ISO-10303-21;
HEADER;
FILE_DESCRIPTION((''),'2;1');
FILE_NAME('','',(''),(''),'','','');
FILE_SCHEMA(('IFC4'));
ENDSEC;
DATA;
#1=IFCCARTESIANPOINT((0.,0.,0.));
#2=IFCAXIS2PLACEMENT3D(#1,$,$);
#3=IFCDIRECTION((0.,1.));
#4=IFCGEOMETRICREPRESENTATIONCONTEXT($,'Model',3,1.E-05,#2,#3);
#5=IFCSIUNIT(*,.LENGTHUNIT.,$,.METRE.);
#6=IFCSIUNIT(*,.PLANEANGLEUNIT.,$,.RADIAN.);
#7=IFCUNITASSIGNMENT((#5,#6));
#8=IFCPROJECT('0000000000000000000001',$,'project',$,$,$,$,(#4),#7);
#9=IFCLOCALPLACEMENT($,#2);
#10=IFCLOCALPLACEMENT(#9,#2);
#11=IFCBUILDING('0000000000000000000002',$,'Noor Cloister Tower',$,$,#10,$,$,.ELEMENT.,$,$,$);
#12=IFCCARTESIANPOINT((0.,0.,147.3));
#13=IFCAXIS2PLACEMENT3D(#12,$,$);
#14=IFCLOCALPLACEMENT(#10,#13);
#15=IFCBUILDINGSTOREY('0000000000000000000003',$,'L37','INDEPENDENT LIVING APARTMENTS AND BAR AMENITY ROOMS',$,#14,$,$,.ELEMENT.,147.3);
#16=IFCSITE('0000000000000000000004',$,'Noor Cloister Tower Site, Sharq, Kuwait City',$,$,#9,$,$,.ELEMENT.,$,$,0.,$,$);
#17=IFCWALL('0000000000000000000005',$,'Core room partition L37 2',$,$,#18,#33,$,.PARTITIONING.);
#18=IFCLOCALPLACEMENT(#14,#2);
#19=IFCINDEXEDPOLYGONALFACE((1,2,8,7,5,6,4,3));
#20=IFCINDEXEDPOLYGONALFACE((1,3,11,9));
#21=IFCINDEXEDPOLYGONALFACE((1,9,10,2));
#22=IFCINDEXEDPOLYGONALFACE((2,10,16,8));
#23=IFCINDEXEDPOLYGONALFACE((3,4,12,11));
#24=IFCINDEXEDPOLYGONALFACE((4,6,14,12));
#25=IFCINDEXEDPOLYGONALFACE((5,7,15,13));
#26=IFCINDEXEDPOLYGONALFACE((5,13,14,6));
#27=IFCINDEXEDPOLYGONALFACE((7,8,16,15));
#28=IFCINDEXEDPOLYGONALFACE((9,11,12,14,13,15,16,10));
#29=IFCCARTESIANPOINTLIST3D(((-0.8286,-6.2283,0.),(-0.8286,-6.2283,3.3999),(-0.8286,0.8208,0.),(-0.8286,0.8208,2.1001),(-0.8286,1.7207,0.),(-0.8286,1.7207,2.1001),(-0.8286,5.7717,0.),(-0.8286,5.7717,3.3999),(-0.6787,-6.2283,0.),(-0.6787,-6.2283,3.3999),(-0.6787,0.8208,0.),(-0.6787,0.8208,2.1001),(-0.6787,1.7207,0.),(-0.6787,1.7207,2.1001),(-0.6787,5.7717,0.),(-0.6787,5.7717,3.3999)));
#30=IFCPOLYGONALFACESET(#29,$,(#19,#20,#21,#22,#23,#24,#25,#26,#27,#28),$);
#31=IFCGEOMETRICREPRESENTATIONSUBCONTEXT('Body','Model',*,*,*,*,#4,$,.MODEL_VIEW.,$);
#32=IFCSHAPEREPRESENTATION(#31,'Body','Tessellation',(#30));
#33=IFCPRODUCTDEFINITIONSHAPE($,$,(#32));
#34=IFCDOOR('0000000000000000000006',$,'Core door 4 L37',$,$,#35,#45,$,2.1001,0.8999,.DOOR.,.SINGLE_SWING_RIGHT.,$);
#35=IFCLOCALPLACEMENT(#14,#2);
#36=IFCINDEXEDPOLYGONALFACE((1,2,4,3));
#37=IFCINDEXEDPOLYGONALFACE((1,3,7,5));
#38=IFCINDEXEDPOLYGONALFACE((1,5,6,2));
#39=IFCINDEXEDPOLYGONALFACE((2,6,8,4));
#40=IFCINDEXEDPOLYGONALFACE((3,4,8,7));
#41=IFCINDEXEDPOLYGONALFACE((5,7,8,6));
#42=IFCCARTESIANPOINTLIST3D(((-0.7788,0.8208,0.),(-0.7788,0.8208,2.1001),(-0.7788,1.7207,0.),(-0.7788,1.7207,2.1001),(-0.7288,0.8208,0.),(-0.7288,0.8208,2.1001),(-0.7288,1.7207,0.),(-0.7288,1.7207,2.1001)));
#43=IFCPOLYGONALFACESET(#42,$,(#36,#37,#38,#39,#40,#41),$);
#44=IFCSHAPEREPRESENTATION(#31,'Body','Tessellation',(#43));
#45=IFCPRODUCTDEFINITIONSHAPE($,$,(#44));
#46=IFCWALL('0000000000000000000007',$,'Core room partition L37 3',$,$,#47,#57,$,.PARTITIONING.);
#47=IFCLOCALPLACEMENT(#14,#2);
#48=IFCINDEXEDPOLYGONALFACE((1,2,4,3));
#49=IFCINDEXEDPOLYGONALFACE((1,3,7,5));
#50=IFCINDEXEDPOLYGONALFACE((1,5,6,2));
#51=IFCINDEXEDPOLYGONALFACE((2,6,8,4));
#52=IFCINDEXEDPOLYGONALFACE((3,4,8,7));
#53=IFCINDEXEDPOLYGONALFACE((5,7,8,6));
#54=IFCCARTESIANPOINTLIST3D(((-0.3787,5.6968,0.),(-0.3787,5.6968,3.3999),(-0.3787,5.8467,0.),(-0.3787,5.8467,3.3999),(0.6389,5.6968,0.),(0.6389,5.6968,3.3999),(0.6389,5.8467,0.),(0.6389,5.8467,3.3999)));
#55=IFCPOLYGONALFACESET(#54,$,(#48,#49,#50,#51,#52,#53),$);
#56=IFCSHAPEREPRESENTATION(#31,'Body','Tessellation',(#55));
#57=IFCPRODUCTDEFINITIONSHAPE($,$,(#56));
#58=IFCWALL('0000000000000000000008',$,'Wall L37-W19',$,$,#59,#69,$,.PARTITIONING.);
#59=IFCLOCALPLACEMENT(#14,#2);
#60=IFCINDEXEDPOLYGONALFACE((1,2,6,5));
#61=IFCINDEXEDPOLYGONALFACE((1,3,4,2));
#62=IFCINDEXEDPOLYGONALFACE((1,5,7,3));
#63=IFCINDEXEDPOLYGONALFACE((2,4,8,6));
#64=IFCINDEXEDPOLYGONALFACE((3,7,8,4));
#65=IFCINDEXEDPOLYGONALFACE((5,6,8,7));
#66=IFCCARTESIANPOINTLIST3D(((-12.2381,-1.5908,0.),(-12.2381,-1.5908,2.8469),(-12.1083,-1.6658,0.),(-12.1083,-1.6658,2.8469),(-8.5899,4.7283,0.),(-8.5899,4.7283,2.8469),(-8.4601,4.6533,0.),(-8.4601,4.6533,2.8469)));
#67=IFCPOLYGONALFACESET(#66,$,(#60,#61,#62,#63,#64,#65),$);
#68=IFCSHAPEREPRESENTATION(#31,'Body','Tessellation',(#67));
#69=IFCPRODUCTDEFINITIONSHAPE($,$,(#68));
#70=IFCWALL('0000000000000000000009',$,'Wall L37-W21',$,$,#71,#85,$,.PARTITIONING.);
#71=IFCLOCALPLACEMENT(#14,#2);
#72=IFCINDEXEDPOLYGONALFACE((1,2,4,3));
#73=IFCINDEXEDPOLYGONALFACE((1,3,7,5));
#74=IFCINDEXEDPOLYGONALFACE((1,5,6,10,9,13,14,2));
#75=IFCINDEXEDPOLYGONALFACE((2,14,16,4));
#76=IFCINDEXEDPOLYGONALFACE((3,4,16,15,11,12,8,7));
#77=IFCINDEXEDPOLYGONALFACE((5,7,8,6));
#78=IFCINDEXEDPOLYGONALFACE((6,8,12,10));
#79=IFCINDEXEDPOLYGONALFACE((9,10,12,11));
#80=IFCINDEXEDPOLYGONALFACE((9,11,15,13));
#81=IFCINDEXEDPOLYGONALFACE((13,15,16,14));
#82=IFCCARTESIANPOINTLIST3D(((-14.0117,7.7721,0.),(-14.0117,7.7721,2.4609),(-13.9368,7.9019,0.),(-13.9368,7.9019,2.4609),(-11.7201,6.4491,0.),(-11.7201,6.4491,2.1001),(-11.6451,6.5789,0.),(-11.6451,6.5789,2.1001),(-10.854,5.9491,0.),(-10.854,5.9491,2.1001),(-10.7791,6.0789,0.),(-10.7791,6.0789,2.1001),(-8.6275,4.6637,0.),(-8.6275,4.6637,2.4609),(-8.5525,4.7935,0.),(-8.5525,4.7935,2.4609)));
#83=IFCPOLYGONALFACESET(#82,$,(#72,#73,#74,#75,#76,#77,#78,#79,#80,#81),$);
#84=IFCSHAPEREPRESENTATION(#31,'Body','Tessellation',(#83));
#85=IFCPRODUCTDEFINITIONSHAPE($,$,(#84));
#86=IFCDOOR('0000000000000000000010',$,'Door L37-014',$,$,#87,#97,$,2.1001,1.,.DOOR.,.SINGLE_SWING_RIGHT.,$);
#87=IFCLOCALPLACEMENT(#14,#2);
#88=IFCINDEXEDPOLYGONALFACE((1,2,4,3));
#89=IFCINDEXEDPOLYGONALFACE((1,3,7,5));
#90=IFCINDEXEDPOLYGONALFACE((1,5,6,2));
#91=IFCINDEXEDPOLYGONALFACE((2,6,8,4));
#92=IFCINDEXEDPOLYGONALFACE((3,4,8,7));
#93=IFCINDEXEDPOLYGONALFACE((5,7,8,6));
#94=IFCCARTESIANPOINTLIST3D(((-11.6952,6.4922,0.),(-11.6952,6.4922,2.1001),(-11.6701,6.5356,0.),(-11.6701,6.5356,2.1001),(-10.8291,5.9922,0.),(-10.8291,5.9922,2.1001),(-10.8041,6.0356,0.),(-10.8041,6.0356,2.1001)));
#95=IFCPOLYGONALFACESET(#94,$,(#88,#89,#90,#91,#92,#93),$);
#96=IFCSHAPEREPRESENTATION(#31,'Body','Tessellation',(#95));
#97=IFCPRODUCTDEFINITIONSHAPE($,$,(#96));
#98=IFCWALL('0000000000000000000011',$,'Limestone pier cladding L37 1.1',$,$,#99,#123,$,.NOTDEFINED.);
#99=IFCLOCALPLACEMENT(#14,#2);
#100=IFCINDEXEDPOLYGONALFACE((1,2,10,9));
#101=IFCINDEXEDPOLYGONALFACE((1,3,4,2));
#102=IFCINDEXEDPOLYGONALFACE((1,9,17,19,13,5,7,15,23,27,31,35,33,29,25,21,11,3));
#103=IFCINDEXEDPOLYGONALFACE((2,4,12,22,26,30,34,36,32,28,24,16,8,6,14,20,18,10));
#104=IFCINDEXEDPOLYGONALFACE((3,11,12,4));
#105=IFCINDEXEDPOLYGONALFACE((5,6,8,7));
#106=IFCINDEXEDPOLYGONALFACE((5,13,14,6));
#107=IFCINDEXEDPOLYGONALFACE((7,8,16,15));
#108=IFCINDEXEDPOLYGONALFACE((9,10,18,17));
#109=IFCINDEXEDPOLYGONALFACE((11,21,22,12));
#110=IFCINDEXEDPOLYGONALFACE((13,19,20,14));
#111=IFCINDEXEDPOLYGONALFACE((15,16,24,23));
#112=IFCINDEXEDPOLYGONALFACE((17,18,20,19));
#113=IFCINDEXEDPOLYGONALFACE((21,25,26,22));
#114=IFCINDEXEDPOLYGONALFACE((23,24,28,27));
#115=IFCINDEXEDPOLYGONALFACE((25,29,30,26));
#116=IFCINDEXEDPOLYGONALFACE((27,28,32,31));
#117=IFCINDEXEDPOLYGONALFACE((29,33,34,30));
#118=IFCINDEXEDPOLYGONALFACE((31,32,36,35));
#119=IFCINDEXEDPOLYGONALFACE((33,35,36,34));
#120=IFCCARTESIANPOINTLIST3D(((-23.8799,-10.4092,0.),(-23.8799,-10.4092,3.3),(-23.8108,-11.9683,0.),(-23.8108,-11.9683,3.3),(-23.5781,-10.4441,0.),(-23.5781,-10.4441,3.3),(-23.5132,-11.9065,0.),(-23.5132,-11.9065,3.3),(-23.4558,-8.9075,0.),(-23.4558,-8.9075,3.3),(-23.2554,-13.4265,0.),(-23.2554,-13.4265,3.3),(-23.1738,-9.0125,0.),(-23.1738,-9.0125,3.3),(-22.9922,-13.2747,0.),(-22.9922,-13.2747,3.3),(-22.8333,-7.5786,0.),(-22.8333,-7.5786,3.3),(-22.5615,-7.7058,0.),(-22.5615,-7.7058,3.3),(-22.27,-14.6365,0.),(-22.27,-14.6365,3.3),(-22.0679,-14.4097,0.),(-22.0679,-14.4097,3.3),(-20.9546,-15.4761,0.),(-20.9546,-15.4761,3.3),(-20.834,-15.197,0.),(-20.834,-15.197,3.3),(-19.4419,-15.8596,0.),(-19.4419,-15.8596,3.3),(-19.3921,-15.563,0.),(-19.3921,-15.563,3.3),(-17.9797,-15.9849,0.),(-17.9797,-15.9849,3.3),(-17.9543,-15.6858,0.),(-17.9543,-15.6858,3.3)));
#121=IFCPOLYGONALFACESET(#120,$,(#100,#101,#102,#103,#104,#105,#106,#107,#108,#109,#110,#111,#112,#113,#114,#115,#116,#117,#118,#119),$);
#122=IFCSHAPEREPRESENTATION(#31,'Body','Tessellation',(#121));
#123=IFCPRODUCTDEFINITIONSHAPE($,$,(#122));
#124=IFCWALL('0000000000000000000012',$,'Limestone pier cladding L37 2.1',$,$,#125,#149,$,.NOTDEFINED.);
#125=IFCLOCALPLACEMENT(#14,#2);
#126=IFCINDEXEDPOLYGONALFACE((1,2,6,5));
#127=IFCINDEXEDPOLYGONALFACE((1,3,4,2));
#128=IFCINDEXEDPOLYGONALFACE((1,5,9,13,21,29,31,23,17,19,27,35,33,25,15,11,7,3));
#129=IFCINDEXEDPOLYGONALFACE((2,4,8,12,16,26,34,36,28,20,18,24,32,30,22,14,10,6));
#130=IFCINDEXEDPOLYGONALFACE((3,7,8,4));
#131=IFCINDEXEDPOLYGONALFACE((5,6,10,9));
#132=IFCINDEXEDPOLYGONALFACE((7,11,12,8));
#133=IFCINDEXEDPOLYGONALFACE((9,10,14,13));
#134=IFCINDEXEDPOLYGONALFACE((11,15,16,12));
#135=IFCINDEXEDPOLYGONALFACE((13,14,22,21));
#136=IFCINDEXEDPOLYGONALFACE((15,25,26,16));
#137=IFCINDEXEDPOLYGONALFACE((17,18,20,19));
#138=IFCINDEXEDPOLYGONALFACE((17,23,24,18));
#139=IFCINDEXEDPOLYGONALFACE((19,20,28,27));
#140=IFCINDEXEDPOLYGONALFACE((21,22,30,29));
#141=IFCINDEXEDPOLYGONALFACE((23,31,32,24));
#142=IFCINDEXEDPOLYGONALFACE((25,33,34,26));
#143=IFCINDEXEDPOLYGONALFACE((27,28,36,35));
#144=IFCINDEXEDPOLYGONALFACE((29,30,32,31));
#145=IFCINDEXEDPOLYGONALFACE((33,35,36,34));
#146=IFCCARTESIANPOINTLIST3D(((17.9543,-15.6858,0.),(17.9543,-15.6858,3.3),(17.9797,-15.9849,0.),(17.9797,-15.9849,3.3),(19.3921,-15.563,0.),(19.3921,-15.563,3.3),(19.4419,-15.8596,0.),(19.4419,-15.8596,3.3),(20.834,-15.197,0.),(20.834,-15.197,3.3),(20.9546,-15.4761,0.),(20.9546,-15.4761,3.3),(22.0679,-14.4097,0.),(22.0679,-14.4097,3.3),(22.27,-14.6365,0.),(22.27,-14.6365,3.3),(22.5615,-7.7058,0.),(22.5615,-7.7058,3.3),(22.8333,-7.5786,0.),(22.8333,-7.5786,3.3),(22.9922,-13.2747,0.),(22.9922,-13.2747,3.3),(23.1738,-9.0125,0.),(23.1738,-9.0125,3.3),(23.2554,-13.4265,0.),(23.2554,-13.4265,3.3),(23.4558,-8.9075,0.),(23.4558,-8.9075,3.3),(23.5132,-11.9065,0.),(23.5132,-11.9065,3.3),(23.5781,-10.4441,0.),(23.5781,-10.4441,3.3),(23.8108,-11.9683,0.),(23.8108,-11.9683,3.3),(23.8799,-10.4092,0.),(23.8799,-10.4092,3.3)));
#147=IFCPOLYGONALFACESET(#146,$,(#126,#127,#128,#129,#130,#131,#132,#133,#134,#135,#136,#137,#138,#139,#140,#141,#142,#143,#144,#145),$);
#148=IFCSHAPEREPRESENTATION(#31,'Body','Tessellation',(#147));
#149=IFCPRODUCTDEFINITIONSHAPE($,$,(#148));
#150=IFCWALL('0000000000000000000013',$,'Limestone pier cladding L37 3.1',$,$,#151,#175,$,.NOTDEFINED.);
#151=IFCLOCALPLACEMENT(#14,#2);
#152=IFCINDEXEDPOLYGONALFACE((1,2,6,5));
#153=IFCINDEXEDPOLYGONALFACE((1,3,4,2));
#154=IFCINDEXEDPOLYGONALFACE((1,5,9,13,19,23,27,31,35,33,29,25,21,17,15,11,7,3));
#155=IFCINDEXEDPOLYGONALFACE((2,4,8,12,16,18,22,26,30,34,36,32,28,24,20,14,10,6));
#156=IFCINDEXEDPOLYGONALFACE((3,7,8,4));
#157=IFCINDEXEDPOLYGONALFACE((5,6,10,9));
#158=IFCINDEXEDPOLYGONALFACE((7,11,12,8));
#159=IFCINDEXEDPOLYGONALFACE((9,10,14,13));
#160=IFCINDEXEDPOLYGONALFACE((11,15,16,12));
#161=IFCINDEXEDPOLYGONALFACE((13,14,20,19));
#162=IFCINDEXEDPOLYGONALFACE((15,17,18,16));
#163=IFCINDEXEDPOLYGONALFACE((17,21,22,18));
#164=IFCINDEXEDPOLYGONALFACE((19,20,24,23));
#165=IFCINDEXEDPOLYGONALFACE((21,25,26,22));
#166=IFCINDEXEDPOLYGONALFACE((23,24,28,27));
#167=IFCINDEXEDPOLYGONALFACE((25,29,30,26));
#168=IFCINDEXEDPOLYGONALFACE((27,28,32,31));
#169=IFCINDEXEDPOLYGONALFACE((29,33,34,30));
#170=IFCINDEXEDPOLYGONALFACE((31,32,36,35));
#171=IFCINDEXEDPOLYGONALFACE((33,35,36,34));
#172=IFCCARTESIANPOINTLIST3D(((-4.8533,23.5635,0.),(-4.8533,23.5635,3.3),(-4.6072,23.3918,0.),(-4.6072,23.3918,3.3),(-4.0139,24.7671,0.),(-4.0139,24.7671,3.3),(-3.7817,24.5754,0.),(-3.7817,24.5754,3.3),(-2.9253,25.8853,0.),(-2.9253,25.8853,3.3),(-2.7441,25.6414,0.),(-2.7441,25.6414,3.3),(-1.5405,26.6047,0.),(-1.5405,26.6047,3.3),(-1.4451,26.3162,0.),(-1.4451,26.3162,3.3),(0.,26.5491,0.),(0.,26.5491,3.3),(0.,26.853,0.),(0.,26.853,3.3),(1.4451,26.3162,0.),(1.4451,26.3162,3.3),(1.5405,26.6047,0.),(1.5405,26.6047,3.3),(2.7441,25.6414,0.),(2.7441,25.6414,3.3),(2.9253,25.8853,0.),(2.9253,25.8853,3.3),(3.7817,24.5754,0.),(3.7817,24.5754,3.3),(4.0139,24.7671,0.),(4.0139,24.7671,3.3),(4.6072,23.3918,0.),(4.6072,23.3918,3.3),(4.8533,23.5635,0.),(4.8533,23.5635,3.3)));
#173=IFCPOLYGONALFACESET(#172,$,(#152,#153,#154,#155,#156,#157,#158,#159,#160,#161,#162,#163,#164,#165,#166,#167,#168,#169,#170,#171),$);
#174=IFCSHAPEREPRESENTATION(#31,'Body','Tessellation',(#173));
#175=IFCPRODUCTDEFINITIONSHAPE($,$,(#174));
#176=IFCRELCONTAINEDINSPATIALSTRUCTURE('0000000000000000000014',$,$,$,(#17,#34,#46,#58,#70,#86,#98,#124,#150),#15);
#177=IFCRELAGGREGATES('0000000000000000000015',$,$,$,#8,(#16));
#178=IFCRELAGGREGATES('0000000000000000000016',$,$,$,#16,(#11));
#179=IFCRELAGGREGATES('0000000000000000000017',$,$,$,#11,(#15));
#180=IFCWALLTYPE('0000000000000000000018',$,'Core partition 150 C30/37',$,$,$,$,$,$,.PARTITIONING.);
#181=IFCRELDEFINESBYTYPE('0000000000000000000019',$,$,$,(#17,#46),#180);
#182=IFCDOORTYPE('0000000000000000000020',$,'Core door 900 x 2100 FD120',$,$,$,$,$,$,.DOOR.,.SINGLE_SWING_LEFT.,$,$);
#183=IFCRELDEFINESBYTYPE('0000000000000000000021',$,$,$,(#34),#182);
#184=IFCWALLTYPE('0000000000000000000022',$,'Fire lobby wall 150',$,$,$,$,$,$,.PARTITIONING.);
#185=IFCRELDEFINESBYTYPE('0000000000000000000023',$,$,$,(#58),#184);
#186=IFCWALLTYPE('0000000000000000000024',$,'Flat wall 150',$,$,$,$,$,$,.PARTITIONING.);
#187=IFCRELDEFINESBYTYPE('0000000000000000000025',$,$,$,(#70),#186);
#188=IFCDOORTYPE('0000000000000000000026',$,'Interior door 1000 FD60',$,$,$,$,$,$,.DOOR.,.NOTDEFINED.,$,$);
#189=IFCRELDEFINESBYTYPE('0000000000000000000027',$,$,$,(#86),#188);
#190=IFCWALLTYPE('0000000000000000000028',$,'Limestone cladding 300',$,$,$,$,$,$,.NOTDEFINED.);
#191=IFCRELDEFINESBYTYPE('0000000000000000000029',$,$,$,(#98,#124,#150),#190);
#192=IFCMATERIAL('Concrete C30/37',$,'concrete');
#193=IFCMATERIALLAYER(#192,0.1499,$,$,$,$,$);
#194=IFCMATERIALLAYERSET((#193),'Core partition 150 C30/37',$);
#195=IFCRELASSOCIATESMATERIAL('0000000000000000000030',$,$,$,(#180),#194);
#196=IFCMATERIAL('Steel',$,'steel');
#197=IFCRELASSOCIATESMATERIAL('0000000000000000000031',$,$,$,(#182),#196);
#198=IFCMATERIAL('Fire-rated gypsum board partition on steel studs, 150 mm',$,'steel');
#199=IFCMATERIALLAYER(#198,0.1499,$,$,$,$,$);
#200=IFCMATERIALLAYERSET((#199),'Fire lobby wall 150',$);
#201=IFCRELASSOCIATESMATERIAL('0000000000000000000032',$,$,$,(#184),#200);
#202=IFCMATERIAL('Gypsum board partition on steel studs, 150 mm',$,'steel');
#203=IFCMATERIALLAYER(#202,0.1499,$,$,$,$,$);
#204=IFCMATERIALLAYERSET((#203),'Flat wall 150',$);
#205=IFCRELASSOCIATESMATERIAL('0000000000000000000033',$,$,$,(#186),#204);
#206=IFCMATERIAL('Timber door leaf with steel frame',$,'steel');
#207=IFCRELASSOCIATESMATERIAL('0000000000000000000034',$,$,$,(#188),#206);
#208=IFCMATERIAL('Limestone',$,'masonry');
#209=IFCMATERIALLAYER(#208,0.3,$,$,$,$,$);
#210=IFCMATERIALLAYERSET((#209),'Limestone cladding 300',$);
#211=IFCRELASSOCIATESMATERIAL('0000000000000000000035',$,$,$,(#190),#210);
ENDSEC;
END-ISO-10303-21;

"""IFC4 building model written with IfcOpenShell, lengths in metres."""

from ifc_helpers import new_model, si_unit, direction, frame, frame_2d, origin, place, context, subcontext, project, spatial, polyline, rectangle, outline, extrude, material, layer, layer_set, type_object, element, fill, save


model = new_model("IFC4")

# Units and contexts
model_context = context("Model", 3, precision=1e-05, world=origin(), true_north=direction((0.0, 1.0)))
body_context = subcontext(model_context, "Body", "Model", "MODEL_VIEW")
ifc_project = project(units=[si_unit("LENGTHUNIT", "METRE"), si_unit("PLANEANGLEUNIT", "RADIAN")], contexts=[model_context])

# Site, building, storey
site_placement = place(None, origin())
site = spatial("IfcSite", under=ifc_project, at=site_placement, Name="Noor Cloister Tower Site, Sharq, Kuwait City", CompositionType="ELEMENT", RefElevation=0.0)
building_placement = place(site_placement, origin())
building = spatial("IfcBuilding", under=site, at=building_placement, Name="Noor Cloister Tower", CompositionType="ELEMENT")
storey_placement = place(building_placement, frame((0.0, 0.0, 147.3)))
storey = spatial("IfcBuildingStorey", under=building, at=storey_placement, Name="L37", Description="INDEPENDENT LIVING APARTMENTS AND BAR AMENITY ROOMS", CompositionType="ELEMENT", Elevation=147.3)

# Wall, opening, door
ifc_material_1 = material(Name="Concrete C30/37", Category="concrete")
ifc_layer_1 = layer(ifc_material_1, 0.1499)
ifc_layer_set_1 = layer_set([ifc_layer_1], Name="Core partition 150 C30/37")
wall_type_1 = type_object("IfcWallType", Name="Core partition 150 C30/37", PredefinedType="PARTITIONING", material=ifc_layer_set_1)
wall_1_placement = place(storey_placement, frame((-0.7537, 5.7717, 0.0), z_axis=(0.0, 0.0, 1.0), x_axis=(0.0, -1.0, 0.0)))
wall_1 = element("IfcWall", 1, at=wall_1_placement, inside=storey, type_object=wall_type_1, Name="Core room partition L37 2", PredefinedType="PARTITIONING", context=body_context, shape_type="SweptSolid", body=[
    extrude(rectangle(XDim=12.0, YDim=0.1499, at=frame_2d((6.0, 0.0))), origin(), (0.0, 0.0, 1.0), 3.3999),
])
opening_1_placement = place(wall_1_placement, frame((4.051, 0.0, 0.0)))
opening_1 = element("IfcOpeningElement", 2, at=opening_1_placement, cuts=wall_1, PredefinedType="OPENING", context=body_context, shape_type="SweptSolid", body=[
    extrude(rectangle(XDim=0.8999, YDim=2.1001, at=frame_2d((0.45, 1.05))), frame((0.0, 0.085, 0.0), z_axis=(0.0, -1.0, 0.0), x_axis=(1.0, 0.0, 0.0)), (0.0, 0.0, 1.0), 0.1699),
])
ifc_material_2 = material(Name="Steel", Category="steel")
door_type_1 = type_object("IfcDoorType", Name="Core door 900 x 2100 FD120", OperationType="SINGLE_SWING_LEFT", PredefinedType="DOOR", material=ifc_material_2)
door_1_placement = place(opening_1_placement, origin())
door_1 = element("IfcDoor", 3, at=door_1_placement, inside=storey, type_object=door_type_1, Name="Core door 4 L37", OperationType="SINGLE_SWING_RIGHT", OverallHeight=2.1001, OverallWidth=0.8999, PredefinedType="DOOR", context=body_context, shape_type="SweptSolid", body=[
    extrude(rectangle(XDim=0.8999, YDim=2.1001, at=frame_2d((0.45, 1.05))), frame((0.0, 0.0249, 0.0), z_axis=(0.0, -1.0, 0.0), x_axis=(1.0, 0.0, 0.0)), (0.0, 0.0, 1.0), 0.05),
])
fill(opening_1, door_1)

# Walls
wall_2_placement = place(storey_placement, frame((-0.3787, 5.7717, 0.0), z_axis=(0.0, 0.0, 1.0), x_axis=(1.0, 0.0, 0.0)))
element("IfcWall", 4, at=wall_2_placement, inside=storey, type_object=wall_type_1, Name="Core room partition L37 3", PredefinedType="PARTITIONING", context=body_context, shape_type="SweptSolid", body=[
    extrude(rectangle(XDim=1.0176, YDim=0.1499, at=frame_2d((0.5088, 0.0))), origin(), (0.0, 0.0, 1.0), 3.3999),
])
ifc_material_3 = material(Name="Fire-rated gypsum board partition on steel studs, 150 mm", Category="steel")
ifc_layer_2 = layer(ifc_material_3, 0.1499)
ifc_layer_set_2 = layer_set([ifc_layer_2], Name="Fire lobby wall 150")
wall_type_2 = type_object("IfcWallType", Name="Fire lobby wall 150", PredefinedType="PARTITIONING", material=ifc_layer_set_2)
wall_3_placement = place(storey_placement, frame((-8.5249, 4.6909, 0.0), z_axis=(0.0, 0.0, 1.0), x_axis=(-0.499986, -0.866033, 0.0)))
element("IfcWall", 5, at=wall_3_placement, inside=storey, type_object=wall_type_2, Name="Wall L37-W19", PredefinedType="PARTITIONING", context=body_context, shape_type="SweptSolid", body=[
    extrude(rectangle(XDim=7.2966, YDim=0.1499, at=frame_2d((3.6484, 0.0))), origin(), (0.0, 0.0, 1.0), 2.8469),
])

# Wall, opening, door
ifc_material_4 = material(Name="Gypsum board partition on steel studs, 150 mm", Category="steel")
ifc_layer_3 = layer(ifc_material_4, 0.1499)
ifc_layer_set_3 = layer_set([ifc_layer_3], Name="Flat wall 150")
wall_type_3 = type_object("IfcWallType", Name="Flat wall 150", PredefinedType="PARTITIONING", material=ifc_layer_set_3)
wall_4_placement = place(storey_placement, frame((-13.9741, 7.8369, 0.0), z_axis=(0.0, 0.0, 1.0), x_axis=(0.86604, -0.499974, 0.0)))
wall_4 = element("IfcWall", 6, at=wall_4_placement, inside=storey, type_object=wall_type_3, Name="Wall L37-W21", PredefinedType="PARTITIONING", context=body_context, shape_type="SweptSolid", body=[
    extrude(rectangle(XDim=6.217, YDim=0.1499, at=frame_2d((3.1084, 0.0))), origin(), (0.0, 0.0, 1.0), 2.4609),
])
opening_2_placement = place(wall_4_placement, frame((2.646, 0.0, 0.0)))
opening_2 = element("IfcOpeningElement", 7, at=opening_2_placement, cuts=wall_4, PredefinedType="OPENING", context=body_context, shape_type="SweptSolid", body=[
    extrude(rectangle(XDim=1.0, YDim=2.1001, at=frame_2d((0.5, 1.05))), frame((0.0, 0.085, 0.0), z_axis=(0.0, -1.0, 0.0), x_axis=(1.0, 0.0, 0.0)), (0.0, 0.0, 1.0), 0.1699),
])
ifc_material_5 = material(Name="Timber door leaf with steel frame", Category="steel")
door_type_2 = type_object("IfcDoorType", Name="Interior door 1000 FD60", OperationType="NOTDEFINED", PredefinedType="DOOR", material=ifc_material_5)
door_2_placement = place(opening_2_placement, origin())
door_2 = element("IfcDoor", 8, at=door_2_placement, inside=storey, type_object=door_type_2, Name="Door L37-014", OperationType="SINGLE_SWING_RIGHT", OverallHeight=2.1001, OverallWidth=1.0, PredefinedType="DOOR", context=body_context, shape_type="SweptSolid", body=[
    extrude(rectangle(XDim=1.0, YDim=2.1001, at=frame_2d((0.5, 1.05))), frame((0.0, 0.0249, 0.0), z_axis=(0.0, -1.0, 0.0), x_axis=(1.0, 0.0, 0.0)), (0.0, 0.0, 1.0), 0.05),
])
fill(opening_2, door_2)

# Walls
ifc_material_6 = material(Name="Limestone", Category="masonry")
ifc_layer_4 = layer(ifc_material_6, 0.3)
ifc_layer_set_4 = layer_set([ifc_layer_4], Name="Limestone cladding 300")
wall_type_4 = type_object("IfcWallType", Name="Limestone cladding 300", PredefinedType="NOTDEFINED", material=ifc_layer_set_4)
wall_5_placement = place(storey_placement, origin())
element("IfcWall", 9, at=wall_5_placement, inside=storey, type_object=wall_type_4, Name="Limestone pier cladding L37 1.1", PredefinedType="NOTDEFINED", context=body_context, shape_type="SweptSolid", body=[
    extrude(outline(polyline([(-22.8333, -7.5786), (-23.4558, -8.9075), (-23.8799, -10.4092), (-23.8108, -11.9683), (-23.2554, -13.4265), (-22.27, -14.6365), (-20.9546, -15.4761), (-19.4419, -15.8596), (-17.9797, -15.9849), (-17.9543, -15.6858), (-19.3921, -15.563), (-20.834, -15.197), (-22.0679, -14.4097), (-22.9922, -13.2747), (-23.5132, -11.9065), (-23.5781, -10.4441), (-23.1738, -9.0125), (-22.5615, -7.7058), (-22.8333, -7.5786)])), origin(), (0.0, 0.0, 1.0), 3.3),
])
wall_6_placement = place(storey_placement, origin())
element("IfcWall", 10, at=wall_6_placement, inside=storey, type_object=wall_type_4, Name="Limestone pier cladding L37 2.1", PredefinedType="NOTDEFINED", context=body_context, shape_type="SweptSolid", body=[
    extrude(outline(polyline([(17.9797, -15.9849), (19.4419, -15.8596), (20.9546, -15.4761), (22.27, -14.6365), (23.2554, -13.4265), (23.8108, -11.9683), (23.8799, -10.4092), (23.4558, -8.9075), (22.8333, -7.5786), (22.5615, -7.7058), (23.1738, -9.0125), (23.5781, -10.4441), (23.5132, -11.9065), (22.9922, -13.2747), (22.0679, -14.4097), (20.834, -15.197), (19.3921, -15.563), (17.9543, -15.6858), (17.9797, -15.9849)])), origin(), (0.0, 0.0, 1.0), 3.3),
])
wall_7_placement = place(storey_placement, origin())
element("IfcWall", 11, at=wall_7_placement, inside=storey, type_object=wall_type_4, Name="Limestone pier cladding L37 3.1", PredefinedType="NOTDEFINED", context=body_context, shape_type="SweptSolid", body=[
    extrude(outline(polyline([(4.8533, 23.5635), (4.0139, 24.7671), (2.9253, 25.8853), (1.5405, 26.6047), (0.0, 26.853), (-1.5405, 26.6047), (-2.9253, 25.8853), (-4.0139, 24.7671), (-4.8533, 23.5635), (-4.6072, 23.3918), (-3.7817, 24.5754), (-2.7441, 25.6414), (-1.4451, 26.3162), (0.0, 26.5491), (1.4451, 26.3162), (2.7441, 25.6414), (3.7817, 24.5754), (4.6072, 23.3918), (4.8533, 23.5635)])), origin(), (0.0, 0.0, 1.0), 3.3),
])

save(model, "model.ifc")
